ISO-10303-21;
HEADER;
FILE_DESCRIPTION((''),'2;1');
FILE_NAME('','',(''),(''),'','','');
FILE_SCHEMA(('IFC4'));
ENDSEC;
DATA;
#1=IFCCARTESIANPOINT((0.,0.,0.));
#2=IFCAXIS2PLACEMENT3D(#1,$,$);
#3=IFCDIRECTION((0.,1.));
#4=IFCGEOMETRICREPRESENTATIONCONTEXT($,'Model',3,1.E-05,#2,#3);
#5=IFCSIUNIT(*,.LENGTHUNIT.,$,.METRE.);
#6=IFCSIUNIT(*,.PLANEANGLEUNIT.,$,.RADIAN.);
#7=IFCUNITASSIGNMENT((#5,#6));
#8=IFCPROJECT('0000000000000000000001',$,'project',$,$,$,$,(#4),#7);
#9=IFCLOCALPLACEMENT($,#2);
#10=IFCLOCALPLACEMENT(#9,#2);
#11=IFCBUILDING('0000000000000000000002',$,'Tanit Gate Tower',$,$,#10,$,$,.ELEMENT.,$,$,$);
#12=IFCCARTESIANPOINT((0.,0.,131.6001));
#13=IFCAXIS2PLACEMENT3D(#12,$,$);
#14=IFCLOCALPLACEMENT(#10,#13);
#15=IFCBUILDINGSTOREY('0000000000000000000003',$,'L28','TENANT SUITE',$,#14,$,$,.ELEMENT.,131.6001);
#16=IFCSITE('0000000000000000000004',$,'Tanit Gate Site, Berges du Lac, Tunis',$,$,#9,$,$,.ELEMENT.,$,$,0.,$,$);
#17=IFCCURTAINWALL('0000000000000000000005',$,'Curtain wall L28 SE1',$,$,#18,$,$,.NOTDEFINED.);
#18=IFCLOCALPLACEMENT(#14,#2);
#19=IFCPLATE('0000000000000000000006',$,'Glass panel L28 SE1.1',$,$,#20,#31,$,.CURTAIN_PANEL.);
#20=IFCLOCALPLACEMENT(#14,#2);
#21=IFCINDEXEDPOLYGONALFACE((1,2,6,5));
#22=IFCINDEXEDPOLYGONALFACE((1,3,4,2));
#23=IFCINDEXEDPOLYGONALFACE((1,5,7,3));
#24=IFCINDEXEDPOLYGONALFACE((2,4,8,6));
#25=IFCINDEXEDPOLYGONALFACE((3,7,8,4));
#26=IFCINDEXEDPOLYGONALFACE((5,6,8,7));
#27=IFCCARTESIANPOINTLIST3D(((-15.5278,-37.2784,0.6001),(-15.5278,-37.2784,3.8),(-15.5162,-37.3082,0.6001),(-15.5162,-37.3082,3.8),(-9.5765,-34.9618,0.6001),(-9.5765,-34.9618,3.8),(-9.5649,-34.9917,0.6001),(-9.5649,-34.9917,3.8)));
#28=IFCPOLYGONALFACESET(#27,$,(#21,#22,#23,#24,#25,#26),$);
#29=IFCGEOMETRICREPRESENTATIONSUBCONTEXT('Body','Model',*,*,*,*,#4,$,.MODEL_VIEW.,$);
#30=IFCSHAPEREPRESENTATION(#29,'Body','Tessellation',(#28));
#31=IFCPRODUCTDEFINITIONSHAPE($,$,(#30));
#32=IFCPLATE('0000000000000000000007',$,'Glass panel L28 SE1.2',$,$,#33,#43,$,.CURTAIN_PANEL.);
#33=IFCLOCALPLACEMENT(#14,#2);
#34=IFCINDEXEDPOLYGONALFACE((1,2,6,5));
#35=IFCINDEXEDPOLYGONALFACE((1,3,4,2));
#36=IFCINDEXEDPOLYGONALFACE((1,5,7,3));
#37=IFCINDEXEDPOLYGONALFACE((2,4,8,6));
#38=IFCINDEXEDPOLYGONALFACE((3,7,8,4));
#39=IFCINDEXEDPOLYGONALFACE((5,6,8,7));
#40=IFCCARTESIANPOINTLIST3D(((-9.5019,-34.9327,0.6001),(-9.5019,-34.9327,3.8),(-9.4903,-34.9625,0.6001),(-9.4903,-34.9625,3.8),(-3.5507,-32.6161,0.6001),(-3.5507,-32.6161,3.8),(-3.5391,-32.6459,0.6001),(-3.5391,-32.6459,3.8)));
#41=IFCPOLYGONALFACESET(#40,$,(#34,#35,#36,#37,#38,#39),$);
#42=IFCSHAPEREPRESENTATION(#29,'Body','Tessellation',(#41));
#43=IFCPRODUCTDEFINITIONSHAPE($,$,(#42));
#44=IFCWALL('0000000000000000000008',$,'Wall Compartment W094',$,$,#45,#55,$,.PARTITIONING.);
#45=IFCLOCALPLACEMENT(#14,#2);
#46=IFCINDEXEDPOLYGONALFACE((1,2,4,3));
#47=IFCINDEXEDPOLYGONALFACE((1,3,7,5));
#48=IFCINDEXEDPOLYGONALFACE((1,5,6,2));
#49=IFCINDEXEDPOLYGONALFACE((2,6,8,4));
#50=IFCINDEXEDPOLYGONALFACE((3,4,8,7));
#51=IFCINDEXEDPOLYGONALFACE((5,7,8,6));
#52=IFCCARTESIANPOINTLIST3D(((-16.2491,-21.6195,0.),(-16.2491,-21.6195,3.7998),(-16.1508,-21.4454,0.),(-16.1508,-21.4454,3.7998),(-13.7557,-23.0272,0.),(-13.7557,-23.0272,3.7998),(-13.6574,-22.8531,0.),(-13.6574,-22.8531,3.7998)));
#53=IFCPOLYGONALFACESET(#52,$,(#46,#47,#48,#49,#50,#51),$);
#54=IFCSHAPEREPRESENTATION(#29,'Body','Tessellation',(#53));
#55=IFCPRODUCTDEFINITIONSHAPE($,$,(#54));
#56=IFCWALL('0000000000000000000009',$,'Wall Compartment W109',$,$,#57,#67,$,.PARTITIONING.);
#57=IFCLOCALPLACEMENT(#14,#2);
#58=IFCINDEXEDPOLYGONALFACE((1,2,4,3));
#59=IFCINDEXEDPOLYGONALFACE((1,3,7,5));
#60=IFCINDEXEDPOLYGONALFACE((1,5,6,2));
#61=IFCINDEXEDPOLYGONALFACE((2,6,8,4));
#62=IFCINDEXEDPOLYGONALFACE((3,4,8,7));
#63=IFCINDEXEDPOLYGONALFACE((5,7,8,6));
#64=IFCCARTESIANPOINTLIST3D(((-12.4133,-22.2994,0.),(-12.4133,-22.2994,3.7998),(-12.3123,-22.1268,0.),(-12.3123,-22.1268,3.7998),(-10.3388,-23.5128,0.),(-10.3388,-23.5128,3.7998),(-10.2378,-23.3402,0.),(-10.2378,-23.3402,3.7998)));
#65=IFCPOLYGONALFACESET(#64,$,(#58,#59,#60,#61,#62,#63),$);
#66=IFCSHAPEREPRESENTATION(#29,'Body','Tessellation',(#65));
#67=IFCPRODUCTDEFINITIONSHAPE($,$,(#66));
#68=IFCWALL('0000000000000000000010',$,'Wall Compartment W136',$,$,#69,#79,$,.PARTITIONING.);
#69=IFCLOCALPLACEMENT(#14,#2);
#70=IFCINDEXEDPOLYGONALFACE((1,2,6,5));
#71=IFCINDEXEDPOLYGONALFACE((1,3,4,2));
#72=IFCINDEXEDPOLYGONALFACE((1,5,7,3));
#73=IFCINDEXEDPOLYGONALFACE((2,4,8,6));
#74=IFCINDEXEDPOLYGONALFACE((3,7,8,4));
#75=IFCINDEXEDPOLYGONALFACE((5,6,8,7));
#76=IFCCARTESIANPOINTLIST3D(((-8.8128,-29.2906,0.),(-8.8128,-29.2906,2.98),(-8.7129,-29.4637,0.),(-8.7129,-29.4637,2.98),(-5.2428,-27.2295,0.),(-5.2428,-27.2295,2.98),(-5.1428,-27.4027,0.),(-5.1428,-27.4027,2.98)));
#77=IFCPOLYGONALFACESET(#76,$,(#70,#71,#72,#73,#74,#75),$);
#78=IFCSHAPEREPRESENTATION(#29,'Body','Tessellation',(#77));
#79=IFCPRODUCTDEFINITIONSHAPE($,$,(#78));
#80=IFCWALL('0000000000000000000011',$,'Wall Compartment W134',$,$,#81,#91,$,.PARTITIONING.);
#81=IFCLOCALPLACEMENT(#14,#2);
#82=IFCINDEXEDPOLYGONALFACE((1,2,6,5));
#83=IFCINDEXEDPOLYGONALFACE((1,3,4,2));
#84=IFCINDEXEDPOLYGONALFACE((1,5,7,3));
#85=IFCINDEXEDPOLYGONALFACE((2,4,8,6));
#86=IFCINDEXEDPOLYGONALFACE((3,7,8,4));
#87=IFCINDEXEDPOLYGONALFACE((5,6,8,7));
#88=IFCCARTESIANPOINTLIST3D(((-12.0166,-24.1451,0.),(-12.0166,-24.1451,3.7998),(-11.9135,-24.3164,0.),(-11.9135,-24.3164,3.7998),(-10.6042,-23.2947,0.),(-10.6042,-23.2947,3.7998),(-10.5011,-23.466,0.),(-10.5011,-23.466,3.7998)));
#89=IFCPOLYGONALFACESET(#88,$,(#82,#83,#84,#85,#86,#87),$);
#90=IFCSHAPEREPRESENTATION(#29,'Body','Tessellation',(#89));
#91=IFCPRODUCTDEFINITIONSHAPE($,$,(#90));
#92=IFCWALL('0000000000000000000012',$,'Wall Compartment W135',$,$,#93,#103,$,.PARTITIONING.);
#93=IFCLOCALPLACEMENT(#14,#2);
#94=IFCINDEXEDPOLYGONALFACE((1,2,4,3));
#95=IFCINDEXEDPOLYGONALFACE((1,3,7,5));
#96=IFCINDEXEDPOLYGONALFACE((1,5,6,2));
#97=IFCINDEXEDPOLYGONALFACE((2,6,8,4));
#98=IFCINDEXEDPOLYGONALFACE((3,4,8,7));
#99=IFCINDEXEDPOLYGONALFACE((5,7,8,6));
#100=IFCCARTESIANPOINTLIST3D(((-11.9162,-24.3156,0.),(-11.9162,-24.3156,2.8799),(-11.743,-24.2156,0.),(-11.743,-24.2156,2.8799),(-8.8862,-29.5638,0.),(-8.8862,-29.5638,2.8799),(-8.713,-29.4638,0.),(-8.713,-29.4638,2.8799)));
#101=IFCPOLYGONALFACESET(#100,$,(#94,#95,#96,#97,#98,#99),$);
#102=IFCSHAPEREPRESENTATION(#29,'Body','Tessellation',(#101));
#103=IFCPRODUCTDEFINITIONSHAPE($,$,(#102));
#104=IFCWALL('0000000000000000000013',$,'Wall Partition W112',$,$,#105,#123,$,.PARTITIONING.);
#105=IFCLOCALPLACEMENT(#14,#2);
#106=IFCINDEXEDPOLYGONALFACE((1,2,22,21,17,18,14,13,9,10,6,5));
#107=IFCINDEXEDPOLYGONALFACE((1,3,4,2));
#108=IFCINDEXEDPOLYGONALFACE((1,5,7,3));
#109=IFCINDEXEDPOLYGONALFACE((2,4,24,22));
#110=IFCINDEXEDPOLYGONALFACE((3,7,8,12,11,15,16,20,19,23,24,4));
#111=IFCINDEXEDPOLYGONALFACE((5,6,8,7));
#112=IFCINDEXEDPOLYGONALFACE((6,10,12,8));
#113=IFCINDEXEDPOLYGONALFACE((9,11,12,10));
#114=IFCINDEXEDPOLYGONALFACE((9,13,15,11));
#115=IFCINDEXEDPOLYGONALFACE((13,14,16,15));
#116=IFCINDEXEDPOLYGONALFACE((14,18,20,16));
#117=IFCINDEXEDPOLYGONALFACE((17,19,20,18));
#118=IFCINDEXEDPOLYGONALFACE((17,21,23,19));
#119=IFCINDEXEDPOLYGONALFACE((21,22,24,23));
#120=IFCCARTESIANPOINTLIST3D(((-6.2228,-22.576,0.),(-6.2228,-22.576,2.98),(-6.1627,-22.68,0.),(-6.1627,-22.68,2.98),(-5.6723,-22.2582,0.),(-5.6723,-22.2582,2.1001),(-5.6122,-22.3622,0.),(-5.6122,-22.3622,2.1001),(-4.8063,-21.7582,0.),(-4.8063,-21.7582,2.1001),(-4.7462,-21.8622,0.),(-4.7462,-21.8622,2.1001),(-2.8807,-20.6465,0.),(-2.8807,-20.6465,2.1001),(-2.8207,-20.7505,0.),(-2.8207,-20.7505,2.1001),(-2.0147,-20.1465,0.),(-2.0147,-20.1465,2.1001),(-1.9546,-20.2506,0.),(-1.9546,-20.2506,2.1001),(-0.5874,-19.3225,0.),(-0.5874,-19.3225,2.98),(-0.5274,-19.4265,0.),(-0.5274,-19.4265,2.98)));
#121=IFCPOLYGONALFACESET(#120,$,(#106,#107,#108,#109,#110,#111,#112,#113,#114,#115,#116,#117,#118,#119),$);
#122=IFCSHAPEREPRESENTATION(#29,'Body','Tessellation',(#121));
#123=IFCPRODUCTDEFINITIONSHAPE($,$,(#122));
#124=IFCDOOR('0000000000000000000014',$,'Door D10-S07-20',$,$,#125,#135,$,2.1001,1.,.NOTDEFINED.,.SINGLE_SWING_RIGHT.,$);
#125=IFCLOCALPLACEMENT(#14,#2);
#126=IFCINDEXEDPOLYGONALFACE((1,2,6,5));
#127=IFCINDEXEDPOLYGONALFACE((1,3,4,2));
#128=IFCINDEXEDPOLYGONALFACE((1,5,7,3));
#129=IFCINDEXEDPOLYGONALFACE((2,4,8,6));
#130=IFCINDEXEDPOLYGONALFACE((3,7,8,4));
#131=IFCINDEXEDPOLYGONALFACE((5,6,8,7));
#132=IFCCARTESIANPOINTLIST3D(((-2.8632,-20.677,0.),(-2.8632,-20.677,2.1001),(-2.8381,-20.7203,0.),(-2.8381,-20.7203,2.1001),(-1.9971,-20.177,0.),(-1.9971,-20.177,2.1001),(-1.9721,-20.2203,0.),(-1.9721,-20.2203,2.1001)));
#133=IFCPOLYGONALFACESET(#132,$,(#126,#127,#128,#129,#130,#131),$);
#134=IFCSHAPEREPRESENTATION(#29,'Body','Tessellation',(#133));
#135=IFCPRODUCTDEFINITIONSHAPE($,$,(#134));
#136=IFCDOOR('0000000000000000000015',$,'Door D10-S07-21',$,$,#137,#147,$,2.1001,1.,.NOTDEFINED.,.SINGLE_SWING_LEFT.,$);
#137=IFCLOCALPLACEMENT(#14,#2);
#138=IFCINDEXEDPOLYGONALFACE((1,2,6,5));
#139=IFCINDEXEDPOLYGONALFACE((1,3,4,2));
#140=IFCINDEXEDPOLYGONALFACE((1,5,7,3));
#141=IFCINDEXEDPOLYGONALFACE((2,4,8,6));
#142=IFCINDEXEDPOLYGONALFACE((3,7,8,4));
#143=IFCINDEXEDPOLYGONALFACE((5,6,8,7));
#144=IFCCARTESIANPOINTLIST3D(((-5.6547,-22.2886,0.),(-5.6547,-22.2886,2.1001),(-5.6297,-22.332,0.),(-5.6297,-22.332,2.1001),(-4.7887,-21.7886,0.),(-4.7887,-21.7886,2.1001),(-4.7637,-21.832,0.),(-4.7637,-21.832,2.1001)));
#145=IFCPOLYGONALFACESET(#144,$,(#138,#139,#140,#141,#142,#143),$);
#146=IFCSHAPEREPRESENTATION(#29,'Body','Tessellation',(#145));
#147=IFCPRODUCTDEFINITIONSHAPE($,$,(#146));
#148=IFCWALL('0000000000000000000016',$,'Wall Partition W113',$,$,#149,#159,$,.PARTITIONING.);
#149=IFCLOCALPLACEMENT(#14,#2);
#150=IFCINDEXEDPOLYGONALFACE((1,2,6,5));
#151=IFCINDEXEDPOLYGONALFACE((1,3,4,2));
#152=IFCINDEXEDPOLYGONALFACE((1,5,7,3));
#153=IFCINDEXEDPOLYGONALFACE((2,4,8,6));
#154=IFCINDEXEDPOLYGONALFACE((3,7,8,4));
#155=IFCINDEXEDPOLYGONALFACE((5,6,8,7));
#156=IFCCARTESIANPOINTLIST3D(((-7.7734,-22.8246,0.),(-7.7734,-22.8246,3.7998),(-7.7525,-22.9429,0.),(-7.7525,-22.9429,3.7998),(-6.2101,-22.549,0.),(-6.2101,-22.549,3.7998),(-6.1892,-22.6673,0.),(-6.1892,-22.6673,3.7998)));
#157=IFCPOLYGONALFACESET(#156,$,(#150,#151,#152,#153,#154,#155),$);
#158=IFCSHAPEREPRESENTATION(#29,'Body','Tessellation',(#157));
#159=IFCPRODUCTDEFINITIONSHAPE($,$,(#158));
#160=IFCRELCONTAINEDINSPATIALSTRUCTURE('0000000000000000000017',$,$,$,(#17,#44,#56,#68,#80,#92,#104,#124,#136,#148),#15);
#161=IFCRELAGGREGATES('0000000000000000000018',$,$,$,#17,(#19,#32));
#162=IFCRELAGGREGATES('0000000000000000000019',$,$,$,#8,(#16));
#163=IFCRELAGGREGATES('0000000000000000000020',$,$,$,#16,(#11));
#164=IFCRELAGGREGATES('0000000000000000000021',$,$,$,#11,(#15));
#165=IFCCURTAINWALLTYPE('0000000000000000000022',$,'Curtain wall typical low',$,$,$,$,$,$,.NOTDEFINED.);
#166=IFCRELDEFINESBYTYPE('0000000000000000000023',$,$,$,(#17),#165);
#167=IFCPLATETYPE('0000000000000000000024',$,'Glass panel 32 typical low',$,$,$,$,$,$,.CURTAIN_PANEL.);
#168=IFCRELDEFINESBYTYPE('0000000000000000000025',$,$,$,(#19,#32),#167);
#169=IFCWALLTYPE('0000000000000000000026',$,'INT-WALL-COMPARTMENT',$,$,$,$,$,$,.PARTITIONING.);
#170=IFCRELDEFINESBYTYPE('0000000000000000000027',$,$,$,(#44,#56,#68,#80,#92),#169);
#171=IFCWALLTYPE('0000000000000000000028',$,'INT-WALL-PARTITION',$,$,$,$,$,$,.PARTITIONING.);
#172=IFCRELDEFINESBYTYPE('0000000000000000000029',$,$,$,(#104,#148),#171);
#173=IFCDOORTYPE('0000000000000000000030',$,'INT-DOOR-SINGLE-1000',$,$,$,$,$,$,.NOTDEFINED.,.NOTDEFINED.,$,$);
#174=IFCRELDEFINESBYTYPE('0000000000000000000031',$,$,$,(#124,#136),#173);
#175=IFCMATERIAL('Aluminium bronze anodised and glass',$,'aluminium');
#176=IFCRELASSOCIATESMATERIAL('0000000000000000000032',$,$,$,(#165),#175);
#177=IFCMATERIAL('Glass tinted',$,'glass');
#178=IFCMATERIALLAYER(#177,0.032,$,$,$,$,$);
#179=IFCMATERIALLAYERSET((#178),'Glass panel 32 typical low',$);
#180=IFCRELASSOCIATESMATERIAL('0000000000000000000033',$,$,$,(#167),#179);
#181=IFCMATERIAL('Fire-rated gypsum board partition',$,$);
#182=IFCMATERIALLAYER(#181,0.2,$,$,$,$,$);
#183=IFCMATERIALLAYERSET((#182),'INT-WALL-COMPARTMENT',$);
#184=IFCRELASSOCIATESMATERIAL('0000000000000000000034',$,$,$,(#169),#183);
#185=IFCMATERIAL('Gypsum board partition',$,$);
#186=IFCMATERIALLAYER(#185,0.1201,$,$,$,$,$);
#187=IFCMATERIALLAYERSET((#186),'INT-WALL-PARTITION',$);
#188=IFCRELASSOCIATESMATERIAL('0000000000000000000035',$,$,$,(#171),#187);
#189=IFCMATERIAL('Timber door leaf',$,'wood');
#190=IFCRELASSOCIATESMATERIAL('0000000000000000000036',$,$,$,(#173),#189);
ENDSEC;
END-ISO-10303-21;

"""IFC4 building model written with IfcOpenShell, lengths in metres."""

from ifc_helpers import new_model, si_unit, direction, frame, frame_2d, origin, origin_2d, place, context, subcontext, project, spatial, rectangle, extrude, material, layer, layer_set, type_object, element, fill, aggregate, save


model = new_model("IFC4")

# Units and contexts
model_context = context("Model", 3, precision=1e-05, world=origin(), true_north=direction((0.0, 1.0)))
body_context = subcontext(model_context, "Body", "Model", "MODEL_VIEW")
ifc_project = project(units=[si_unit("LENGTHUNIT", "METRE"), si_unit("PLANEANGLEUNIT", "RADIAN")], contexts=[model_context])

# Site, building, storey
site_placement = place(None, origin())
site = spatial("IfcSite", under=ifc_project, at=site_placement, Name="Tanit Gate Site, Berges du Lac, Tunis", CompositionType="ELEMENT", RefElevation=0.0)
building_placement = place(site_placement, origin())
building = spatial("IfcBuilding", under=site, at=building_placement, Name="Tanit Gate Tower", CompositionType="ELEMENT")
storey_placement = place(building_placement, frame((0.0, 0.0, 131.6001)))
storey = spatial("IfcBuildingStorey", under=building, at=storey_placement, Name="L28", Description="TENANT SUITE", CompositionType="ELEMENT", Elevation=131.6001)

# Curtain wall
ifc_material_1 = material(Name="Aluminium bronze anodised and glass", Category="aluminium")
curtain_wall_type = type_object("IfcCurtainWallType", Name="Curtain wall typical low", PredefinedType="NOTDEFINED", material=ifc_material_1)
curtain_wall_placement = place(storey_placement, origin())
curtain_wall = element("IfcCurtainWall", 1, at=curtain_wall_placement, inside=storey, type_object=curtain_wall_type, Name="Curtain wall L28 SE1", PredefinedType="NOTDEFINED")

# Plates
ifc_material_2 = material(Name="Glass tinted", Category="glass")
ifc_layer_1 = layer(ifc_material_2, 0.032)
ifc_layer_set_1 = layer_set([ifc_layer_1], Name="Glass panel 32 typical low")
plate_type = type_object("IfcPlateType", Name="Glass panel 32 typical low", PredefinedType="CURTAIN_PANEL", material=ifc_layer_set_1)
plate_1_placement = place(storey_placement, frame((-12.5464, -36.135, 0.6001), z_axis=(0.0, 0.0, 1.0), x_axis=(0.931892, 0.362737, 0.0)))
plate_1 = element("IfcPlate", 2, at=plate_1_placement, type_object=plate_type, Name="Glass panel L28 SE1.1", PredefinedType="CURTAIN_PANEL", context=body_context, shape_type="SweptSolid", body=[
    extrude(rectangle(XDim=6.3862, YDim=0.032, at=origin_2d()), origin(), (0.0, 0.0, 1.0), 3.2),
])
plate_2_placement = place(storey_placement, frame((-6.5205, -33.7893, 0.6001), z_axis=(0.0, 0.0, 1.0), x_axis=(0.931892, 0.362737, 0.0)))
plate_2 = element("IfcPlate", 3, at=plate_2_placement, type_object=plate_type, Name="Glass panel L28 SE1.2", PredefinedType="CURTAIN_PANEL", context=body_context, shape_type="SweptSolid", body=[
    extrude(rectangle(XDim=6.3862, YDim=0.032, at=origin_2d()), origin(), (0.0, 0.0, 1.0), 3.2),
])
aggregate(curtain_wall, [plate_1, plate_2])

# Walls
ifc_material_3 = material(Name="Fire-rated gypsum board partition")
ifc_layer_2 = layer(ifc_material_3, 0.2)
ifc_layer_set_2 = layer_set([ifc_layer_2], Name="INT-WALL-COMPARTMENT")
wall_type_1 = type_object("IfcWallType", Name="INT-WALL-COMPARTMENT", PredefinedType="PARTITIONING", material=ifc_layer_set_2)
wall_1_placement = place(storey_placement, frame((-16.2, -21.5325, 0.0), z_axis=(0.0, 0.0, 1.0), x_axis=(0.870803, -0.491633, 0.0)))
element("IfcWall", 4, at=wall_1_placement, inside=storey, type_object=wall_type_1, Name="Wall Compartment W094", PredefinedType="PARTITIONING", context=body_context, shape_type="SweptSolid", body=[
    extrude(rectangle(XDim=2.8633, YDim=0.2, at=frame_2d((1.4316, 0.0))), origin(), (0.0, 0.0, 1.0), 3.7998),
])
wall_2_placement = place(storey_placement, frame((-12.3628, -22.2131, 0.0), z_axis=(0.0, 0.0, 1.0), x_axis=(0.863185, -0.504888, 0.0)))
element("IfcWall", 5, at=wall_2_placement, inside=storey, type_object=wall_type_1, Name="Wall Compartment W109", PredefinedType="PARTITIONING", context=body_context, shape_type="SweptSolid", body=[
    extrude(rectangle(XDim=2.4033, YDim=0.2, at=frame_2d((1.2017, 0.0))), origin(), (0.0, 0.0, 1.0), 3.7998),
])
wall_3_placement = place(storey_placement, frame((-5.1929, -27.3162, 0.0), z_axis=(0.0, 0.0, 1.0), x_axis=(-0.866041, -0.499974, 0.0)))
element("IfcWall", 6, at=wall_3_placement, inside=storey, type_object=wall_type_1, Name="Wall Compartment W136", PredefinedType="PARTITIONING", context=body_context, shape_type="SweptSolid", body=[
    extrude(rectangle(XDim=4.1223, YDim=0.2, at=frame_2d((2.061, 0.0))), origin(), (0.0, 0.0, 1.0), 2.98),
])
wall_4_placement = place(storey_placement, frame((-10.5527, -23.3804, 0.0), z_axis=(0.0, 0.0, 1.0), x_axis=(-0.856708, -0.515802, 0.0)))
element("IfcWall", 7, at=wall_4_placement, inside=storey, type_object=wall_type_1, Name="Wall Compartment W134", PredefinedType="PARTITIONING", context=body_context, shape_type="SweptSolid", body=[
    extrude(rectangle(XDim=1.6487, YDim=0.2, at=frame_2d((0.8242, 0.0))), origin(), (0.0, 0.0, 1.0), 3.7998),
])
wall_5_placement = place(storey_placement, frame((-11.8296, -24.2656, 0.0), z_axis=(0.0, 0.0, 1.0), x_axis=(0.499991, -0.866031, 0.0)))
element("IfcWall", 8, at=wall_5_placement, inside=storey, type_object=wall_type_1, Name="Wall Compartment W135", PredefinedType="PARTITIONING", context=body_context, shape_type="SweptSolid", body=[
    extrude(rectangle(XDim=6.0601, YDim=0.2, at=frame_2d((3.03, 0.0))), origin(), (0.0, 0.0, 1.0), 2.8799),
])

# Wall, openings, doors
ifc_material_4 = material(Name="Gypsum board partition")
ifc_layer_3 = layer(ifc_material_4, 0.1201)
ifc_layer_set_3 = layer_set([ifc_layer_3], Name="INT-WALL-PARTITION")
wall_type_2 = type_object("IfcWallType", Name="INT-WALL-PARTITION", PredefinedType="PARTITIONING", material=ifc_layer_set_3)
wall_6_placement = place(storey_placement, frame((-6.1926, -22.6279, 0.0), z_axis=(0.0, 0.0, 1.0), x_axis=(0.866032, 0.499989, 0.0)))
wall_6 = element("IfcWall", 9, at=wall_6_placement, inside=storey, type_object=wall_type_2, Name="Wall Partition W112", PredefinedType="PARTITIONING", context=body_context, shape_type="SweptSolid", body=[
    extrude(rectangle(XDim=6.5071, YDim=0.1201, at=frame_2d((3.2534, 0.0))), origin(), (0.0, 0.0, 1.0), 2.98),
])
opening_1_placement = place(wall_6_placement, frame((3.8589, 0.0, 0.0)))
opening_1 = element("IfcOpeningElement", 10, at=opening_1_placement, cuts=wall_6, PredefinedType="OPENING", context=body_context, shape_type="SweptSolid", body=[
    extrude(rectangle(XDim=1.0, YDim=2.1001, at=frame_2d((0.5, 1.05))), frame((0.0, 0.0701, 0.0), z_axis=(0.0, -1.0, 0.0), x_axis=(1.0, 0.0, 0.0)), (0.0, 0.0, 1.0), 0.1401),
])
opening_2_placement = place(wall_6_placement, frame((0.6355, 0.0, 0.0)))
opening_2 = element("IfcOpeningElement", 11, at=opening_2_placement, cuts=wall_6, PredefinedType="OPENING", context=body_context, shape_type="SweptSolid", body=[
    extrude(rectangle(XDim=1.0, YDim=2.1001, at=frame_2d((0.5, 1.05))), frame((0.0, 0.0701, 0.0), z_axis=(0.0, -1.0, 0.0), x_axis=(1.0, 0.0, 0.0)), (0.0, 0.0, 1.0), 0.1401),
])
ifc_material_5 = material(Name="Timber door leaf", Category="wood")
door_type = type_object("IfcDoorType", Name="INT-DOOR-SINGLE-1000", OperationType="NOTDEFINED", PredefinedType="NOTDEFINED", material=ifc_material_5)
door_1_placement = place(opening_1_placement, origin())
door_1 = element("IfcDoor", 12, at=door_1_placement, inside=storey, type_object=door_type, Name="Door D10-S07-20", OperationType="SINGLE_SWING_RIGHT", OverallHeight=2.1001, OverallWidth=1.0, PredefinedType="NOTDEFINED", context=body_context, shape_type="SweptSolid", body=[
    extrude(rectangle(XDim=1.0, YDim=2.1001, at=frame_2d((0.5, 1.05))), frame((0.0, 0.0249, 0.0), z_axis=(0.0, -1.0, 0.0), x_axis=(1.0, 0.0, 0.0)), (0.0, 0.0, 1.0), 0.05),
])
fill(opening_1, door_1)
door_2_placement = place(opening_2_placement, origin())
door_2 = element("IfcDoor", 13, at=door_2_placement, inside=storey, type_object=door_type, Name="Door D10-S07-21", OperationType="SINGLE_SWING_LEFT", OverallHeight=2.1001, OverallWidth=1.0, PredefinedType="NOTDEFINED", context=body_context, shape_type="SweptSolid", body=[
    extrude(rectangle(XDim=1.0, YDim=2.1001, at=frame_2d((0.5, 1.05))), frame((0.0, 0.0249, 0.0), z_axis=(0.0, -1.0, 0.0), x_axis=(1.0, 0.0, 0.0)), (0.0, 0.0, 1.0), 0.05),
])
fill(opening_2, door_2)

# Wall
wall_7_placement = place(storey_placement, frame((-7.7629, -22.8838, 0.0), z_axis=(0.0, 0.0, 1.0), x_axis=(0.984808, 0.173645, 0.0)))
element("IfcWall", 14, at=wall_7_placement, inside=storey, type_object=wall_type_2, Name="Wall Partition W113", PredefinedType="PARTITIONING", context=body_context, shape_type="SweptSolid", body=[
    extrude(rectangle(XDim=1.5874, YDim=0.1201, at=frame_2d((0.7937, 0.0))), origin(), (0.0, 0.0, 1.0), 3.7998),
])

save(model, "model.ifc")
